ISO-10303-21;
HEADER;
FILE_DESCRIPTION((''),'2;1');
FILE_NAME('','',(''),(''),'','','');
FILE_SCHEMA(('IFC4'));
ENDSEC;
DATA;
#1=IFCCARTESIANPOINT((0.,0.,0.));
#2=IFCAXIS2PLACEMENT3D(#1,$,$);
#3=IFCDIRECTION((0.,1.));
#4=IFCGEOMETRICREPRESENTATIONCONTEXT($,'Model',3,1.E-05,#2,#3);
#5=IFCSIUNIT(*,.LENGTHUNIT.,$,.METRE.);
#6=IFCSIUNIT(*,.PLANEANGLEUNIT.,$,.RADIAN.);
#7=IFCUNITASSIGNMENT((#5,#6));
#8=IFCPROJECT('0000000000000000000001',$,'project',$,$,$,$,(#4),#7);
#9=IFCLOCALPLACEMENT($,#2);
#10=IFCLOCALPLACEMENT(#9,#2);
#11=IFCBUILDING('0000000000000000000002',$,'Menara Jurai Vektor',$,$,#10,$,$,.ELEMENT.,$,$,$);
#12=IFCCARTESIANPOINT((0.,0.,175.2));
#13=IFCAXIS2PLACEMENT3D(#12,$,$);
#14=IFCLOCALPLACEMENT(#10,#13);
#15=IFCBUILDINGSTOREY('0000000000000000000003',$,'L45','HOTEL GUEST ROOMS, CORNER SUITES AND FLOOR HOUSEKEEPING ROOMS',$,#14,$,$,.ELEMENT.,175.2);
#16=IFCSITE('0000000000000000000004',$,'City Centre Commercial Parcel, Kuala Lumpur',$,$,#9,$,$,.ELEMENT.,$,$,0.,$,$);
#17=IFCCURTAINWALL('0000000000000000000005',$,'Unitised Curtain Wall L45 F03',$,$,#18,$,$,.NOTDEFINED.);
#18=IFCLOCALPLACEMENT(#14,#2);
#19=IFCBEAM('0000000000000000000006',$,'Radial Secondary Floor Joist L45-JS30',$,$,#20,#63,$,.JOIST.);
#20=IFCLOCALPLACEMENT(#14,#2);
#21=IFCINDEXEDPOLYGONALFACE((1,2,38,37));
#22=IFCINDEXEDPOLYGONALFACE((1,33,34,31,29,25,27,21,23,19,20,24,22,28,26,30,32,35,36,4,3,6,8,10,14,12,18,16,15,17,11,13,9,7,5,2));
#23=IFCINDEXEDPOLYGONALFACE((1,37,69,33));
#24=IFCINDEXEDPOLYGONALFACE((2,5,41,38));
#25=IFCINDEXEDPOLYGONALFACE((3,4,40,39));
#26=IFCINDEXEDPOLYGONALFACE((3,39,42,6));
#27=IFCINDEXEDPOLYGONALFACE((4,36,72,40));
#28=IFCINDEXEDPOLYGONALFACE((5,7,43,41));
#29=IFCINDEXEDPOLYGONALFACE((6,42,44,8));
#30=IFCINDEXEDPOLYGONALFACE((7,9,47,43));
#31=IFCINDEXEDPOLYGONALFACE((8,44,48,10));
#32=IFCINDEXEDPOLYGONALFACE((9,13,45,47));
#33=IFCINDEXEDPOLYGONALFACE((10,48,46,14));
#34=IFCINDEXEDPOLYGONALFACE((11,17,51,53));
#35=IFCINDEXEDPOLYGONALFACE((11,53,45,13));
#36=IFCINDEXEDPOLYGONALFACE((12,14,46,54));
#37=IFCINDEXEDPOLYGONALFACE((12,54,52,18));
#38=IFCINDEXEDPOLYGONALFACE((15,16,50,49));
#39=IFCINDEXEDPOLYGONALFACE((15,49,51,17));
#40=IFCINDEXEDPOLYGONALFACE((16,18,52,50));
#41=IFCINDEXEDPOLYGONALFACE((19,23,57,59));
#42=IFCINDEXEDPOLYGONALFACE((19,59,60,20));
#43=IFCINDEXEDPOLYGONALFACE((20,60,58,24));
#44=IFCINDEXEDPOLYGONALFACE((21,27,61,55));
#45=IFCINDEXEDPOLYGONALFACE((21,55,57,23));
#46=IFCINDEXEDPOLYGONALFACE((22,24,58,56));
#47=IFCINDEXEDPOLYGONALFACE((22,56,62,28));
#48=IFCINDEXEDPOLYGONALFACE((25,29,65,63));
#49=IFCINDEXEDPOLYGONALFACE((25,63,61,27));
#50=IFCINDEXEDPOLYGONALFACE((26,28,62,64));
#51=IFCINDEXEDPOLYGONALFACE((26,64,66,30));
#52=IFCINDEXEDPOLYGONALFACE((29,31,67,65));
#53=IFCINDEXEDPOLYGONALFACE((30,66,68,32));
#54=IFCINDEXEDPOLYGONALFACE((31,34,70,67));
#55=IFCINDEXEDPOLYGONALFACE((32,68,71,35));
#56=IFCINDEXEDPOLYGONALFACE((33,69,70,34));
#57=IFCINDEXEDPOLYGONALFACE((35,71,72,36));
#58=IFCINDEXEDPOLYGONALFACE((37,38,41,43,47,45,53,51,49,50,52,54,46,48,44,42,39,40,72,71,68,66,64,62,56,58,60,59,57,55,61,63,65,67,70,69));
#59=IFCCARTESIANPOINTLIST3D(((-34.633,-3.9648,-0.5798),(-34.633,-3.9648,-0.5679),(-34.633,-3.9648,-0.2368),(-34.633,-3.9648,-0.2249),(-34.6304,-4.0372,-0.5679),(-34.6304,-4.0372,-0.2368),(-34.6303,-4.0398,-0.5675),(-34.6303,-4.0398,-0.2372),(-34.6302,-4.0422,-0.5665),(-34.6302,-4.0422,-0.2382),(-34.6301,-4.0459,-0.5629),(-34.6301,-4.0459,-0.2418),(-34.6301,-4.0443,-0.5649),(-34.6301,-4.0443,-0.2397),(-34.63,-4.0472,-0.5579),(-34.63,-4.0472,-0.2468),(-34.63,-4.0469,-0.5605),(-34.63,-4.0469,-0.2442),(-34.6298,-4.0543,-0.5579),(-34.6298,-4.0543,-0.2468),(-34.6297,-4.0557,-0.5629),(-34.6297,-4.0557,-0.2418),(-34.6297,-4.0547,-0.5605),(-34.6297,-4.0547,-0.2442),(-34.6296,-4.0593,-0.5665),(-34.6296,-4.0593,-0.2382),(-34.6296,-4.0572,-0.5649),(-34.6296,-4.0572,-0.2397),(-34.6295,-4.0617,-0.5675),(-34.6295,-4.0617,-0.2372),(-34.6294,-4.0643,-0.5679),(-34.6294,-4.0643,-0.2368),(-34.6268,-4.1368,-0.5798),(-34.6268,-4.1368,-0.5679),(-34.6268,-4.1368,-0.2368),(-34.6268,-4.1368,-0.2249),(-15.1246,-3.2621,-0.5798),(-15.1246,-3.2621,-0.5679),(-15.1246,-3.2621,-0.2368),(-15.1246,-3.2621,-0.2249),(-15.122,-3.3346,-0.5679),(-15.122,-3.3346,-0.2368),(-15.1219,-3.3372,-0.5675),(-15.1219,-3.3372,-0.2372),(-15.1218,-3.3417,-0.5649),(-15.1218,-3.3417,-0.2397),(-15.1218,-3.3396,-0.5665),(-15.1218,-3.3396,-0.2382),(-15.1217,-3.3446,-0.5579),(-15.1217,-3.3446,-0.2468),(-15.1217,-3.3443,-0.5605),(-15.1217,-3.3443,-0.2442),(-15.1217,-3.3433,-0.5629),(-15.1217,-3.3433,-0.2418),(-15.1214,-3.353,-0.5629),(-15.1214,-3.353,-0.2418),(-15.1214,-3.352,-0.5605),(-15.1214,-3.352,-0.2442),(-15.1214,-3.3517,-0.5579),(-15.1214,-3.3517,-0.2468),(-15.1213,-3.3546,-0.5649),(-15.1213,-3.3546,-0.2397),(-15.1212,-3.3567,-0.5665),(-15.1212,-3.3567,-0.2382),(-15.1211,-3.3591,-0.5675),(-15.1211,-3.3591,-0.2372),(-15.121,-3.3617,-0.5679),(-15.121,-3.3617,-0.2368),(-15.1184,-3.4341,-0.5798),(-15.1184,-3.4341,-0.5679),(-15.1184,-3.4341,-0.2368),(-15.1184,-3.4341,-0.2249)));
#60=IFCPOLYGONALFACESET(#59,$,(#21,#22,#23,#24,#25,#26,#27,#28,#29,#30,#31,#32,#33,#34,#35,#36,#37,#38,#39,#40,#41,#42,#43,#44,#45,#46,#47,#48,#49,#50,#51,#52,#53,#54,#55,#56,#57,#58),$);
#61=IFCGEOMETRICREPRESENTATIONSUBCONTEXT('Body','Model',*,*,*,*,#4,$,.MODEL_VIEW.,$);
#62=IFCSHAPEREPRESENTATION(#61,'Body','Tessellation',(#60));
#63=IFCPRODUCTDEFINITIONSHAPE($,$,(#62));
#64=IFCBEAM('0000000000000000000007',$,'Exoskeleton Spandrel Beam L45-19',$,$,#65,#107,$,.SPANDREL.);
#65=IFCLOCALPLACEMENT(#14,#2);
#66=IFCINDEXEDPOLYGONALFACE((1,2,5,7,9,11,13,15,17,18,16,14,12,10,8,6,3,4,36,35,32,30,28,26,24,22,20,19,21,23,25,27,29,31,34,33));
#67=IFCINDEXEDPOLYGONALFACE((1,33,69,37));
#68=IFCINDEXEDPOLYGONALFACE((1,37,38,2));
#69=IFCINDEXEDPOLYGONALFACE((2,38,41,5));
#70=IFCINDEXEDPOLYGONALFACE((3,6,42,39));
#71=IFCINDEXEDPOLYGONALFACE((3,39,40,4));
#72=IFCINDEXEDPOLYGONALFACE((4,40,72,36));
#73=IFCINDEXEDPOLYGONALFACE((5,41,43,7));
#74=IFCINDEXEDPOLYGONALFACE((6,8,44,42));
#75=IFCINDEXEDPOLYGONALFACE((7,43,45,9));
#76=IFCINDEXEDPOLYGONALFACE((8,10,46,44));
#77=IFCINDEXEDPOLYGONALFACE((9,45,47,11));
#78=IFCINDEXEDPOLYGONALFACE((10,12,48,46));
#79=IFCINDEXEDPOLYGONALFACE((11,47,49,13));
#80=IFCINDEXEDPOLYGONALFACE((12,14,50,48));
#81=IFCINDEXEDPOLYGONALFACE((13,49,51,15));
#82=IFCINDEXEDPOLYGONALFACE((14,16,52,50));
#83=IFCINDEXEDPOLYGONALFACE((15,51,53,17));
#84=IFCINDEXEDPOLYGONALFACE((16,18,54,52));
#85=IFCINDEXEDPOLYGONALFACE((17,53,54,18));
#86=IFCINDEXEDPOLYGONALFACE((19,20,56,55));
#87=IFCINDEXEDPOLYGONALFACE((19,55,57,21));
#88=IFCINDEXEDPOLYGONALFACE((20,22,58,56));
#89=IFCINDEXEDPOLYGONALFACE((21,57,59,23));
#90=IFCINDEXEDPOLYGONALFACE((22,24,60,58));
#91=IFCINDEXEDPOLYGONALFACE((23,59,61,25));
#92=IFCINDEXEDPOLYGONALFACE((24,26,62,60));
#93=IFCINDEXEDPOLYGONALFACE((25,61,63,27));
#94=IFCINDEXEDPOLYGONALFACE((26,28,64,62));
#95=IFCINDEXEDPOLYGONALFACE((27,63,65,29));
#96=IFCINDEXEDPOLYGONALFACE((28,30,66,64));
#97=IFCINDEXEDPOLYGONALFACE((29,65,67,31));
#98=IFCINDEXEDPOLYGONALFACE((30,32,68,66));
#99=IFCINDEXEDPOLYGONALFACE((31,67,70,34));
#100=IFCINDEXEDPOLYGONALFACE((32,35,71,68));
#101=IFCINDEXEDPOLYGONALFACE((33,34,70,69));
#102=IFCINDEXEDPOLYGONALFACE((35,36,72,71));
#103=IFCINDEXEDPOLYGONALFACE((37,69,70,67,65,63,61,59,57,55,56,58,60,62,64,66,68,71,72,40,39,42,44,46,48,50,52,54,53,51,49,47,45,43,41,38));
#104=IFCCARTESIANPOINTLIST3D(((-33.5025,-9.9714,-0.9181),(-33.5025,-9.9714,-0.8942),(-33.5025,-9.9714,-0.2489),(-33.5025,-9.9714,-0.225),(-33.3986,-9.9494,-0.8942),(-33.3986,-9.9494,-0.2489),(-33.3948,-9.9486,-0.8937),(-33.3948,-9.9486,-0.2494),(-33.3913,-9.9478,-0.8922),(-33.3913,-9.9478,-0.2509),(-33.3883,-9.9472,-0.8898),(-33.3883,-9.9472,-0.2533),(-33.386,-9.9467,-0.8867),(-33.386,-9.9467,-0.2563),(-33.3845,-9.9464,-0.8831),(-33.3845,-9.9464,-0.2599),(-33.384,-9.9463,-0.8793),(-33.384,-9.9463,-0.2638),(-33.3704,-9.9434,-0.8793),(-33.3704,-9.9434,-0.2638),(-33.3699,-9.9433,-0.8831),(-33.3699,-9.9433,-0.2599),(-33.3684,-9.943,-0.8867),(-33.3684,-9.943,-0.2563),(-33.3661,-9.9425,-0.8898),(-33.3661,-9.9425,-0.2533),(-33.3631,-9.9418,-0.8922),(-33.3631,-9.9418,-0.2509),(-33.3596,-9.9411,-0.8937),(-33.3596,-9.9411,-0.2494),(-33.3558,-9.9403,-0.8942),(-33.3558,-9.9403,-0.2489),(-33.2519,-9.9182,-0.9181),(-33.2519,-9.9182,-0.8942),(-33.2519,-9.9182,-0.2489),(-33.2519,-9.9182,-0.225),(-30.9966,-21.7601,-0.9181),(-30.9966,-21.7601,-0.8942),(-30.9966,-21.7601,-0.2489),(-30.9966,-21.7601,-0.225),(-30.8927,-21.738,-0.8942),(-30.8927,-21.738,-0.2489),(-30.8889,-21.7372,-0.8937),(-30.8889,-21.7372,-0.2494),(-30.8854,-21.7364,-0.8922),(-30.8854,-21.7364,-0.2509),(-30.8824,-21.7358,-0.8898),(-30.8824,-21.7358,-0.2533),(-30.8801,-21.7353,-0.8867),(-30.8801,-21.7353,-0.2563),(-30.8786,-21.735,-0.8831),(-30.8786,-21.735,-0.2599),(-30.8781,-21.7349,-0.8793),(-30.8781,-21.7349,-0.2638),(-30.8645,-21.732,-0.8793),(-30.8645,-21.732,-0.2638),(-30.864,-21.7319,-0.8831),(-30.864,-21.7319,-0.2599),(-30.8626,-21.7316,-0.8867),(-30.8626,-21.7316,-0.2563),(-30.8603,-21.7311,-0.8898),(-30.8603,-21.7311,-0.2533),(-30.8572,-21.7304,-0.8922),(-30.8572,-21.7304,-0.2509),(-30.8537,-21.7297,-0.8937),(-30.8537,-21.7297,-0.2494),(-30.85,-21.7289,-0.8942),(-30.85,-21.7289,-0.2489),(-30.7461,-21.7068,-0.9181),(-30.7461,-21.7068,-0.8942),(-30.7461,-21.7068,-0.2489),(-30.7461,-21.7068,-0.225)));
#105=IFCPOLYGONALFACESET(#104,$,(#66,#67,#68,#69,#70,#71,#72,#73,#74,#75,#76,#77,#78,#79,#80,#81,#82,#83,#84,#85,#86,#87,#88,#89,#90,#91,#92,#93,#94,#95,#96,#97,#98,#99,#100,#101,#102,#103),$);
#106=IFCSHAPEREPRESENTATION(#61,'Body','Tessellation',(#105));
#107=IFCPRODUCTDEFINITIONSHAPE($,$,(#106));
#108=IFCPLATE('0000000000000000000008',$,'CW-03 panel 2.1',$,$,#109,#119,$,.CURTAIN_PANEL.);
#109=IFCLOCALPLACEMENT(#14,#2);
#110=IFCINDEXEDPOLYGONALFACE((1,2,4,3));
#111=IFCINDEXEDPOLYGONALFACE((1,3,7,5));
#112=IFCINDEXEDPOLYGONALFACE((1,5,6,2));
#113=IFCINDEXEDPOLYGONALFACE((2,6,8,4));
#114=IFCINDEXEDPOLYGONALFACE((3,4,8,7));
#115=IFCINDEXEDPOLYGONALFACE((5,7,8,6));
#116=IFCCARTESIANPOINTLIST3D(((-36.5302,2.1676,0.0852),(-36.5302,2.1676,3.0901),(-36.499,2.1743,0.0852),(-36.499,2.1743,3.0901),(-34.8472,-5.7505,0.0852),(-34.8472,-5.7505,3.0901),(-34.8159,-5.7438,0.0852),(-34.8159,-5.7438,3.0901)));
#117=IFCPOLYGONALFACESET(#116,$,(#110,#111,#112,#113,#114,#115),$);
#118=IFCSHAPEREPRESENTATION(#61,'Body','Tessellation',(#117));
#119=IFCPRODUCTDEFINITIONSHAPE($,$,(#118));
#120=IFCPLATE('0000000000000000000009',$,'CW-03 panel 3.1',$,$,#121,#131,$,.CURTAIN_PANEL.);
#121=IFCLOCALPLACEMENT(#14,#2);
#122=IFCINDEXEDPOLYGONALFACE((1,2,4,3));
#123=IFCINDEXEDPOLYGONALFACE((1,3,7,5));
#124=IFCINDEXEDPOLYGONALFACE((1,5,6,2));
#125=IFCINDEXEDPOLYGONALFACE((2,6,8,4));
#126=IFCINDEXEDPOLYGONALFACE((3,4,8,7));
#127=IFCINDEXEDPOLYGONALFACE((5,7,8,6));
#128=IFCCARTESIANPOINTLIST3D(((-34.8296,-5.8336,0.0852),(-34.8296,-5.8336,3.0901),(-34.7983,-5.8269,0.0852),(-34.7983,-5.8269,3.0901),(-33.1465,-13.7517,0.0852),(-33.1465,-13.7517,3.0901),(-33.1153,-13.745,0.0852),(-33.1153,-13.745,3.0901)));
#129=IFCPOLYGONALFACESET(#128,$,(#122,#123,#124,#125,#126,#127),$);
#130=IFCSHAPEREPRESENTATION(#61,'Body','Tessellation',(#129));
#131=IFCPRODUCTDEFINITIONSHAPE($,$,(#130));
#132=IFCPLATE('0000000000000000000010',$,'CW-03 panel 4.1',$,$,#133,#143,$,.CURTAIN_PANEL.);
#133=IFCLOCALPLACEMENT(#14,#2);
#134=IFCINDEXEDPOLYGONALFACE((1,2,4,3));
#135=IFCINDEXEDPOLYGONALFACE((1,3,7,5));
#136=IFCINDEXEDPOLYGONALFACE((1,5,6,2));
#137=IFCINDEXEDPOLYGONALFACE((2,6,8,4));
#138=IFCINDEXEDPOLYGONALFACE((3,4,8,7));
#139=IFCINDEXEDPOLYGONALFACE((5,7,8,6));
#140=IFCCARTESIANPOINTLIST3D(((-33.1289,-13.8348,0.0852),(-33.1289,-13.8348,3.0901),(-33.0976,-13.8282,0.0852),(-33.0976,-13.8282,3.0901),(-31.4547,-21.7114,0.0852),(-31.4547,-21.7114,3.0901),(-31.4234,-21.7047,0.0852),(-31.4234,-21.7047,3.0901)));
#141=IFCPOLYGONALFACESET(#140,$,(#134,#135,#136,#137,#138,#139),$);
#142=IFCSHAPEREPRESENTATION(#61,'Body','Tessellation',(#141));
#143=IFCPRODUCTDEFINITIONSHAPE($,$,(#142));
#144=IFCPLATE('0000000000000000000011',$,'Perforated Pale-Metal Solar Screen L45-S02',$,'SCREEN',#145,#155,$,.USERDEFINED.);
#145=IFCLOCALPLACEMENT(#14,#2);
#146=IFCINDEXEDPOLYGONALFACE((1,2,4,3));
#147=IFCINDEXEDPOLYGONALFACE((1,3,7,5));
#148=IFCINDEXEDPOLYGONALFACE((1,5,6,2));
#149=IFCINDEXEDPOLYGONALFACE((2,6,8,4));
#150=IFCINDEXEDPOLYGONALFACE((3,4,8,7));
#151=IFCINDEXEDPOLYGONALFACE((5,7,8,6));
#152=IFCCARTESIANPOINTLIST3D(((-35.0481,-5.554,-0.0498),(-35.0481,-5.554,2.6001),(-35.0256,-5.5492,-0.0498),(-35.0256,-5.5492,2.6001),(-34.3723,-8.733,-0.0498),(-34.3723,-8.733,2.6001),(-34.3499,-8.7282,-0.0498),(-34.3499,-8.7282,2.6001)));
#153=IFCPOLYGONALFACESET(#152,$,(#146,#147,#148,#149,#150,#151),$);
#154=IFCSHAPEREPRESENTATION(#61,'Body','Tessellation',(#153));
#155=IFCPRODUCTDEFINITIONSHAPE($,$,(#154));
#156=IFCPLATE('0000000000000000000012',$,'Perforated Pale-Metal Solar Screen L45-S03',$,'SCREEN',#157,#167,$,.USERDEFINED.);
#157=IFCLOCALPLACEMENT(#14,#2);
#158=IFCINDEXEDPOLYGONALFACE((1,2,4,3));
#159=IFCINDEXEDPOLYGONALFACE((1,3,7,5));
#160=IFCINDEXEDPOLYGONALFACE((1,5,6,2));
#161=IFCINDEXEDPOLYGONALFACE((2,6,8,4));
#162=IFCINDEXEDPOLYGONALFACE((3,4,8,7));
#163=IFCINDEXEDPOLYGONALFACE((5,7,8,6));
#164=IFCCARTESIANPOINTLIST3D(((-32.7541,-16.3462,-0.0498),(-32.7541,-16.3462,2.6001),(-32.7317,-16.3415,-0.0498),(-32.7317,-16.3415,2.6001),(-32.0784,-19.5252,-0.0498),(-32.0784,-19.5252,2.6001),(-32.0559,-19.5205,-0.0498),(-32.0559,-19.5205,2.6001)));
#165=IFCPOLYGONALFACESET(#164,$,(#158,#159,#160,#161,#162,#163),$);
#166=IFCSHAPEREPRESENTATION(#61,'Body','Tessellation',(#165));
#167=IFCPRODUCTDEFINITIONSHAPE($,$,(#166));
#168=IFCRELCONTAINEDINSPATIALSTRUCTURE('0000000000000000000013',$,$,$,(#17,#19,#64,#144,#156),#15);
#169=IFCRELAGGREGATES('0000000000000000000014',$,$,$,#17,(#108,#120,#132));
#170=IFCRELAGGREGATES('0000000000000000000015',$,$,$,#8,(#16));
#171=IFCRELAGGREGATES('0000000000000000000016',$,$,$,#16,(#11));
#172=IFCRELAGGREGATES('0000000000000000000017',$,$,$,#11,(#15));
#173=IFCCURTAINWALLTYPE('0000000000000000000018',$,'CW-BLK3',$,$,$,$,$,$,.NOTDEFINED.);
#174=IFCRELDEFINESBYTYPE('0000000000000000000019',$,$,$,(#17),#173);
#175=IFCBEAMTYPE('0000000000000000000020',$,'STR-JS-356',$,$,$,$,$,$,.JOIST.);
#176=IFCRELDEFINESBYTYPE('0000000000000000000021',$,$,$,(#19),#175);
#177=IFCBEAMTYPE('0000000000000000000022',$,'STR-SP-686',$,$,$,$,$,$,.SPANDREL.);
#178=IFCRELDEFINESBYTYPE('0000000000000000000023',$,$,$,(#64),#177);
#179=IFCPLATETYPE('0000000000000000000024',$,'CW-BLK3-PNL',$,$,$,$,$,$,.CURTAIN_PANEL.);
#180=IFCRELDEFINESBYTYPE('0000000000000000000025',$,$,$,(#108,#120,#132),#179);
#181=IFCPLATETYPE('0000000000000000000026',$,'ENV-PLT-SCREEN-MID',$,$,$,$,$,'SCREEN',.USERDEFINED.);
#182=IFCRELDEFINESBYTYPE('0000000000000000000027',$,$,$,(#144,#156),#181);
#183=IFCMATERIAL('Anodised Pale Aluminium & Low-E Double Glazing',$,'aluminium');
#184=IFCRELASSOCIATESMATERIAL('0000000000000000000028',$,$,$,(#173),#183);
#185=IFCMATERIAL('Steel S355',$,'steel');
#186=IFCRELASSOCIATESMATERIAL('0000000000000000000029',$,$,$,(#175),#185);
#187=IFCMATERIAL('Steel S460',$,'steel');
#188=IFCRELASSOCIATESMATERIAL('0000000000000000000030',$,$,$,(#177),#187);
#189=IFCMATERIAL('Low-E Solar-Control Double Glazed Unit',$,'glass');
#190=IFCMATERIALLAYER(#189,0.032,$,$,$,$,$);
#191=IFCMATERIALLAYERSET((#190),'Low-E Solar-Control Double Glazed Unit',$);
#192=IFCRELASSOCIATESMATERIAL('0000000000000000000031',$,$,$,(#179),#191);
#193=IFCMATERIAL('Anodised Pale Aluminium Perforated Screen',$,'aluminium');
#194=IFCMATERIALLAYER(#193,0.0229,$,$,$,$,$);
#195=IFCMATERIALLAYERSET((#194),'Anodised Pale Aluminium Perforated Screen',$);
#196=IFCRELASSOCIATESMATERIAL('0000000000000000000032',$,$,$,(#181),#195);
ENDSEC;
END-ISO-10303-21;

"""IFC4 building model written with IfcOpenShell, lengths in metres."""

from ifc_helpers import new_model, si_unit, direction, frame, origin, origin_2d, place, context, subcontext, project, spatial, rectangle, i_section, extrude, material, layer, layer_set, material_profile, profile_set, type_object, element, aggregate, save


model = new_model("IFC4")

# Units and contexts
model_context = context("Model", 3, precision=1e-05, world=origin(), true_north=direction((0.0, 1.0)))
body_context = subcontext(model_context, "Body", "Model", "MODEL_VIEW")
ifc_project = project(units=[si_unit("LENGTHUNIT", "METRE"), si_unit("PLANEANGLEUNIT", "RADIAN")], contexts=[model_context])

# Site, building, storey
site_placement = place(None, origin())
site = spatial("IfcSite", under=ifc_project, at=site_placement, Name="City Centre Commercial Parcel, Kuala Lumpur", CompositionType="ELEMENT", RefElevation=0.0)
building_placement = place(site_placement, origin())
building = spatial("IfcBuilding", under=site, at=building_placement, Name="Menara Jurai Vektor", CompositionType="ELEMENT")
storey_placement = place(building_placement, frame((0.0, 0.0, 175.2)))
storey = spatial("IfcBuildingStorey", under=building, at=storey_placement, Name="L45", Description="HOTEL GUEST ROOMS, CORNER SUITES AND FLOOR HOUSEKEEPING ROOMS", CompositionType="ELEMENT", Elevation=175.2)

# Shared definitions
ifc_material_1 = material(Name="Steel S460", Category="steel")

# Curtain wall
ifc_material_2 = material(Name="Anodised Pale Aluminium & Low-E Double Glazing", Category="aluminium")
curtain_wall_type = type_object("IfcCurtainWallType", Name="CW-BLK3", PredefinedType="NOTDEFINED", material=ifc_material_2)
curtain_wall_placement = place(storey_placement, origin())
curtain_wall = element("IfcCurtainWall", 1, at=curtain_wall_placement, inside=storey, type_object=curtain_wall_type, Name="Unitised Curtain Wall L45 F03", PredefinedType="NOTDEFINED")

# Beams
ifc_material_3 = material(Name="Steel S355", Category="steel")
ifc_material_profile_1 = material_profile(ifc_material_3, i_section(OverallWidth=0.1721, OverallDepth=0.355, WebThickness=0.0071, FlangeThickness=0.012, FilletRadius=0.01, at=origin_2d()), Name="UKB 356x171x51")
ifc_profile_set_1 = profile_set([ifc_material_profile_1], Name="Steel S355")
beam_type_1 = type_object("IfcBeamType", Name="STR-JS-356", PredefinedType="JOIST", material=ifc_profile_set_1)
beam_1_placement = place(storey_placement, frame((-34.6299, -4.0508, -0.4023), z_axis=(0.999352, 0.035994, 0.0), x_axis=(-0.035994, 0.999352, 0.0)))
element("IfcBeam", 2, at=beam_1_placement, inside=storey, type_object=beam_type_1, Name="Radial Secondary Floor Joist L45-JS30", PredefinedType="JOIST", context=body_context, shape_type="SweptSolid", body=[
    extrude(i_section(OverallWidth=0.1721, OverallDepth=0.355, WebThickness=0.0071, FlangeThickness=0.012, FilletRadius=0.01, at=origin_2d()), origin(), (0.0, 0.0, 1.0), 19.521),
])
ifc_material_profile_2 = material_profile(ifc_material_1, i_section(OverallWidth=0.2561, OverallDepth=0.6931, WebThickness=0.0139, FlangeThickness=0.0239, FilletRadius=0.0149, at=origin_2d()), Name="UKB 686x254x170")
ifc_profile_set_2 = profile_set([ifc_material_profile_2], Name="Steel S460")
beam_type_2 = type_object("IfcBeamType", Name="STR-SP-686", PredefinedType="SPANDREL", material=ifc_profile_set_2)
beam_2_placement = place(storey_placement, frame((-33.3772, -9.9448, -0.5715), z_axis=(0.207921, -0.978146, 0.0), x_axis=(0.978146, 0.207921, 0.0)))
element("IfcBeam", 3, at=beam_2_placement, inside=storey, type_object=beam_type_2, Name="Exoskeleton Spandrel Beam L45-19", PredefinedType="SPANDREL", context=body_context, shape_type="SweptSolid", body=[
    extrude(i_section(OverallWidth=0.2561, OverallDepth=0.6931, WebThickness=0.0139, FlangeThickness=0.0239, FilletRadius=0.0149, at=origin_2d()), origin(), (0.0, 0.0, 1.0), 12.052),
])

# Plates
ifc_material_4 = material(Name="Low-E Solar-Control Double Glazed Unit", Category="glass")
ifc_layer_1 = layer(ifc_material_4, 0.032)
ifc_layer_set_1 = layer_set([ifc_layer_1], Name="Low-E Solar-Control Double Glazed Unit")
plate_type_1 = type_object("IfcPlateType", Name="CW-BLK3-PNL", PredefinedType="CURTAIN_PANEL", material=ifc_layer_set_1)
plate_1_placement = place(storey_placement, frame((-35.6731, -1.7881, 0.0852), z_axis=(0.0, 0.0, 1.0), x_axis=(0.20791, -0.978148, 0.0)))
plate_1 = element("IfcPlate", 4, at=plate_1_placement, type_object=plate_type_1, Name="CW-03 panel 2.1", PredefinedType="CURTAIN_PANEL", context=body_context, shape_type="SweptSolid", body=[
    extrude(rectangle(XDim=8.095, YDim=0.032, at=origin_2d()), origin(), (0.0, 0.0, 1.0), 3.0049),
])
plate_2_placement = place(storey_placement, frame((-33.9724, -9.7893, 0.0852), z_axis=(0.0, 0.0, 1.0), x_axis=(0.20791, -0.978148, 0.0)))
plate_2 = element("IfcPlate", 5, at=plate_2_placement, type_object=plate_type_1, Name="CW-03 panel 3.1", PredefinedType="CURTAIN_PANEL", context=body_context, shape_type="SweptSolid", body=[
    extrude(rectangle(XDim=8.095, YDim=0.032, at=origin_2d()), origin(), (0.0, 0.0, 1.0), 3.0049),
])
plate_3_placement = place(storey_placement, frame((-32.2761, -17.7698, 0.0852), z_axis=(0.0, 0.0, 1.0), x_axis=(0.20791, -0.978148, 0.0)))
plate_3 = element("IfcPlate", 6, at=plate_3_placement, type_object=plate_type_1, Name="CW-03 panel 4.1", PredefinedType="CURTAIN_PANEL", context=body_context, shape_type="SweptSolid", body=[
    extrude(rectangle(XDim=8.0525, YDim=0.032, at=origin_2d()), origin(), (0.0, 0.0, 1.0), 3.0049),
])
aggregate(curtain_wall, [plate_1, plate_2, plate_3])

# Plates
ifc_material_5 = material(Name="Anodised Pale Aluminium Perforated Screen", Category="aluminium")
ifc_layer_2 = layer(ifc_material_5, 0.0229)
ifc_layer_set_2 = layer_set([ifc_layer_2], Name="Anodised Pale Aluminium Perforated Screen")
plate_type_2 = type_object("IfcPlateType", Name="ENV-PLT-SCREEN-MID", ElementType="SCREEN", PredefinedType="USERDEFINED", material=ifc_layer_set_2)
for number, where, z_axis, x_axis, name in (
    (7, (-34.699, -7.1411, -0.0498), (0.0, 0.0, 1.0), (0.207912, -0.978148, 0.0), "Perforated Pale-Metal Solar Screen L45-S02"),
    (8, (-32.405, -17.9333, -0.0498), (0.0, 0.0, 1.0), (0.207912, -0.978148, 0.0), "Perforated Pale-Metal Solar Screen L45-S03"),
):
    element("IfcPlate", number, at=place(storey_placement, frame(where, z_axis=z_axis, x_axis=x_axis)), inside=storey, type_object=plate_type_2, Name=name, ObjectType="SCREEN", PredefinedType="USERDEFINED", context=body_context, shape_type="SweptSolid", body=[
        extrude(rectangle(XDim=3.25, YDim=0.0229, at=origin_2d()), origin(), (0.0, 0.0, 1.0), 2.6499),
    ])

save(model, "model.ifc")
